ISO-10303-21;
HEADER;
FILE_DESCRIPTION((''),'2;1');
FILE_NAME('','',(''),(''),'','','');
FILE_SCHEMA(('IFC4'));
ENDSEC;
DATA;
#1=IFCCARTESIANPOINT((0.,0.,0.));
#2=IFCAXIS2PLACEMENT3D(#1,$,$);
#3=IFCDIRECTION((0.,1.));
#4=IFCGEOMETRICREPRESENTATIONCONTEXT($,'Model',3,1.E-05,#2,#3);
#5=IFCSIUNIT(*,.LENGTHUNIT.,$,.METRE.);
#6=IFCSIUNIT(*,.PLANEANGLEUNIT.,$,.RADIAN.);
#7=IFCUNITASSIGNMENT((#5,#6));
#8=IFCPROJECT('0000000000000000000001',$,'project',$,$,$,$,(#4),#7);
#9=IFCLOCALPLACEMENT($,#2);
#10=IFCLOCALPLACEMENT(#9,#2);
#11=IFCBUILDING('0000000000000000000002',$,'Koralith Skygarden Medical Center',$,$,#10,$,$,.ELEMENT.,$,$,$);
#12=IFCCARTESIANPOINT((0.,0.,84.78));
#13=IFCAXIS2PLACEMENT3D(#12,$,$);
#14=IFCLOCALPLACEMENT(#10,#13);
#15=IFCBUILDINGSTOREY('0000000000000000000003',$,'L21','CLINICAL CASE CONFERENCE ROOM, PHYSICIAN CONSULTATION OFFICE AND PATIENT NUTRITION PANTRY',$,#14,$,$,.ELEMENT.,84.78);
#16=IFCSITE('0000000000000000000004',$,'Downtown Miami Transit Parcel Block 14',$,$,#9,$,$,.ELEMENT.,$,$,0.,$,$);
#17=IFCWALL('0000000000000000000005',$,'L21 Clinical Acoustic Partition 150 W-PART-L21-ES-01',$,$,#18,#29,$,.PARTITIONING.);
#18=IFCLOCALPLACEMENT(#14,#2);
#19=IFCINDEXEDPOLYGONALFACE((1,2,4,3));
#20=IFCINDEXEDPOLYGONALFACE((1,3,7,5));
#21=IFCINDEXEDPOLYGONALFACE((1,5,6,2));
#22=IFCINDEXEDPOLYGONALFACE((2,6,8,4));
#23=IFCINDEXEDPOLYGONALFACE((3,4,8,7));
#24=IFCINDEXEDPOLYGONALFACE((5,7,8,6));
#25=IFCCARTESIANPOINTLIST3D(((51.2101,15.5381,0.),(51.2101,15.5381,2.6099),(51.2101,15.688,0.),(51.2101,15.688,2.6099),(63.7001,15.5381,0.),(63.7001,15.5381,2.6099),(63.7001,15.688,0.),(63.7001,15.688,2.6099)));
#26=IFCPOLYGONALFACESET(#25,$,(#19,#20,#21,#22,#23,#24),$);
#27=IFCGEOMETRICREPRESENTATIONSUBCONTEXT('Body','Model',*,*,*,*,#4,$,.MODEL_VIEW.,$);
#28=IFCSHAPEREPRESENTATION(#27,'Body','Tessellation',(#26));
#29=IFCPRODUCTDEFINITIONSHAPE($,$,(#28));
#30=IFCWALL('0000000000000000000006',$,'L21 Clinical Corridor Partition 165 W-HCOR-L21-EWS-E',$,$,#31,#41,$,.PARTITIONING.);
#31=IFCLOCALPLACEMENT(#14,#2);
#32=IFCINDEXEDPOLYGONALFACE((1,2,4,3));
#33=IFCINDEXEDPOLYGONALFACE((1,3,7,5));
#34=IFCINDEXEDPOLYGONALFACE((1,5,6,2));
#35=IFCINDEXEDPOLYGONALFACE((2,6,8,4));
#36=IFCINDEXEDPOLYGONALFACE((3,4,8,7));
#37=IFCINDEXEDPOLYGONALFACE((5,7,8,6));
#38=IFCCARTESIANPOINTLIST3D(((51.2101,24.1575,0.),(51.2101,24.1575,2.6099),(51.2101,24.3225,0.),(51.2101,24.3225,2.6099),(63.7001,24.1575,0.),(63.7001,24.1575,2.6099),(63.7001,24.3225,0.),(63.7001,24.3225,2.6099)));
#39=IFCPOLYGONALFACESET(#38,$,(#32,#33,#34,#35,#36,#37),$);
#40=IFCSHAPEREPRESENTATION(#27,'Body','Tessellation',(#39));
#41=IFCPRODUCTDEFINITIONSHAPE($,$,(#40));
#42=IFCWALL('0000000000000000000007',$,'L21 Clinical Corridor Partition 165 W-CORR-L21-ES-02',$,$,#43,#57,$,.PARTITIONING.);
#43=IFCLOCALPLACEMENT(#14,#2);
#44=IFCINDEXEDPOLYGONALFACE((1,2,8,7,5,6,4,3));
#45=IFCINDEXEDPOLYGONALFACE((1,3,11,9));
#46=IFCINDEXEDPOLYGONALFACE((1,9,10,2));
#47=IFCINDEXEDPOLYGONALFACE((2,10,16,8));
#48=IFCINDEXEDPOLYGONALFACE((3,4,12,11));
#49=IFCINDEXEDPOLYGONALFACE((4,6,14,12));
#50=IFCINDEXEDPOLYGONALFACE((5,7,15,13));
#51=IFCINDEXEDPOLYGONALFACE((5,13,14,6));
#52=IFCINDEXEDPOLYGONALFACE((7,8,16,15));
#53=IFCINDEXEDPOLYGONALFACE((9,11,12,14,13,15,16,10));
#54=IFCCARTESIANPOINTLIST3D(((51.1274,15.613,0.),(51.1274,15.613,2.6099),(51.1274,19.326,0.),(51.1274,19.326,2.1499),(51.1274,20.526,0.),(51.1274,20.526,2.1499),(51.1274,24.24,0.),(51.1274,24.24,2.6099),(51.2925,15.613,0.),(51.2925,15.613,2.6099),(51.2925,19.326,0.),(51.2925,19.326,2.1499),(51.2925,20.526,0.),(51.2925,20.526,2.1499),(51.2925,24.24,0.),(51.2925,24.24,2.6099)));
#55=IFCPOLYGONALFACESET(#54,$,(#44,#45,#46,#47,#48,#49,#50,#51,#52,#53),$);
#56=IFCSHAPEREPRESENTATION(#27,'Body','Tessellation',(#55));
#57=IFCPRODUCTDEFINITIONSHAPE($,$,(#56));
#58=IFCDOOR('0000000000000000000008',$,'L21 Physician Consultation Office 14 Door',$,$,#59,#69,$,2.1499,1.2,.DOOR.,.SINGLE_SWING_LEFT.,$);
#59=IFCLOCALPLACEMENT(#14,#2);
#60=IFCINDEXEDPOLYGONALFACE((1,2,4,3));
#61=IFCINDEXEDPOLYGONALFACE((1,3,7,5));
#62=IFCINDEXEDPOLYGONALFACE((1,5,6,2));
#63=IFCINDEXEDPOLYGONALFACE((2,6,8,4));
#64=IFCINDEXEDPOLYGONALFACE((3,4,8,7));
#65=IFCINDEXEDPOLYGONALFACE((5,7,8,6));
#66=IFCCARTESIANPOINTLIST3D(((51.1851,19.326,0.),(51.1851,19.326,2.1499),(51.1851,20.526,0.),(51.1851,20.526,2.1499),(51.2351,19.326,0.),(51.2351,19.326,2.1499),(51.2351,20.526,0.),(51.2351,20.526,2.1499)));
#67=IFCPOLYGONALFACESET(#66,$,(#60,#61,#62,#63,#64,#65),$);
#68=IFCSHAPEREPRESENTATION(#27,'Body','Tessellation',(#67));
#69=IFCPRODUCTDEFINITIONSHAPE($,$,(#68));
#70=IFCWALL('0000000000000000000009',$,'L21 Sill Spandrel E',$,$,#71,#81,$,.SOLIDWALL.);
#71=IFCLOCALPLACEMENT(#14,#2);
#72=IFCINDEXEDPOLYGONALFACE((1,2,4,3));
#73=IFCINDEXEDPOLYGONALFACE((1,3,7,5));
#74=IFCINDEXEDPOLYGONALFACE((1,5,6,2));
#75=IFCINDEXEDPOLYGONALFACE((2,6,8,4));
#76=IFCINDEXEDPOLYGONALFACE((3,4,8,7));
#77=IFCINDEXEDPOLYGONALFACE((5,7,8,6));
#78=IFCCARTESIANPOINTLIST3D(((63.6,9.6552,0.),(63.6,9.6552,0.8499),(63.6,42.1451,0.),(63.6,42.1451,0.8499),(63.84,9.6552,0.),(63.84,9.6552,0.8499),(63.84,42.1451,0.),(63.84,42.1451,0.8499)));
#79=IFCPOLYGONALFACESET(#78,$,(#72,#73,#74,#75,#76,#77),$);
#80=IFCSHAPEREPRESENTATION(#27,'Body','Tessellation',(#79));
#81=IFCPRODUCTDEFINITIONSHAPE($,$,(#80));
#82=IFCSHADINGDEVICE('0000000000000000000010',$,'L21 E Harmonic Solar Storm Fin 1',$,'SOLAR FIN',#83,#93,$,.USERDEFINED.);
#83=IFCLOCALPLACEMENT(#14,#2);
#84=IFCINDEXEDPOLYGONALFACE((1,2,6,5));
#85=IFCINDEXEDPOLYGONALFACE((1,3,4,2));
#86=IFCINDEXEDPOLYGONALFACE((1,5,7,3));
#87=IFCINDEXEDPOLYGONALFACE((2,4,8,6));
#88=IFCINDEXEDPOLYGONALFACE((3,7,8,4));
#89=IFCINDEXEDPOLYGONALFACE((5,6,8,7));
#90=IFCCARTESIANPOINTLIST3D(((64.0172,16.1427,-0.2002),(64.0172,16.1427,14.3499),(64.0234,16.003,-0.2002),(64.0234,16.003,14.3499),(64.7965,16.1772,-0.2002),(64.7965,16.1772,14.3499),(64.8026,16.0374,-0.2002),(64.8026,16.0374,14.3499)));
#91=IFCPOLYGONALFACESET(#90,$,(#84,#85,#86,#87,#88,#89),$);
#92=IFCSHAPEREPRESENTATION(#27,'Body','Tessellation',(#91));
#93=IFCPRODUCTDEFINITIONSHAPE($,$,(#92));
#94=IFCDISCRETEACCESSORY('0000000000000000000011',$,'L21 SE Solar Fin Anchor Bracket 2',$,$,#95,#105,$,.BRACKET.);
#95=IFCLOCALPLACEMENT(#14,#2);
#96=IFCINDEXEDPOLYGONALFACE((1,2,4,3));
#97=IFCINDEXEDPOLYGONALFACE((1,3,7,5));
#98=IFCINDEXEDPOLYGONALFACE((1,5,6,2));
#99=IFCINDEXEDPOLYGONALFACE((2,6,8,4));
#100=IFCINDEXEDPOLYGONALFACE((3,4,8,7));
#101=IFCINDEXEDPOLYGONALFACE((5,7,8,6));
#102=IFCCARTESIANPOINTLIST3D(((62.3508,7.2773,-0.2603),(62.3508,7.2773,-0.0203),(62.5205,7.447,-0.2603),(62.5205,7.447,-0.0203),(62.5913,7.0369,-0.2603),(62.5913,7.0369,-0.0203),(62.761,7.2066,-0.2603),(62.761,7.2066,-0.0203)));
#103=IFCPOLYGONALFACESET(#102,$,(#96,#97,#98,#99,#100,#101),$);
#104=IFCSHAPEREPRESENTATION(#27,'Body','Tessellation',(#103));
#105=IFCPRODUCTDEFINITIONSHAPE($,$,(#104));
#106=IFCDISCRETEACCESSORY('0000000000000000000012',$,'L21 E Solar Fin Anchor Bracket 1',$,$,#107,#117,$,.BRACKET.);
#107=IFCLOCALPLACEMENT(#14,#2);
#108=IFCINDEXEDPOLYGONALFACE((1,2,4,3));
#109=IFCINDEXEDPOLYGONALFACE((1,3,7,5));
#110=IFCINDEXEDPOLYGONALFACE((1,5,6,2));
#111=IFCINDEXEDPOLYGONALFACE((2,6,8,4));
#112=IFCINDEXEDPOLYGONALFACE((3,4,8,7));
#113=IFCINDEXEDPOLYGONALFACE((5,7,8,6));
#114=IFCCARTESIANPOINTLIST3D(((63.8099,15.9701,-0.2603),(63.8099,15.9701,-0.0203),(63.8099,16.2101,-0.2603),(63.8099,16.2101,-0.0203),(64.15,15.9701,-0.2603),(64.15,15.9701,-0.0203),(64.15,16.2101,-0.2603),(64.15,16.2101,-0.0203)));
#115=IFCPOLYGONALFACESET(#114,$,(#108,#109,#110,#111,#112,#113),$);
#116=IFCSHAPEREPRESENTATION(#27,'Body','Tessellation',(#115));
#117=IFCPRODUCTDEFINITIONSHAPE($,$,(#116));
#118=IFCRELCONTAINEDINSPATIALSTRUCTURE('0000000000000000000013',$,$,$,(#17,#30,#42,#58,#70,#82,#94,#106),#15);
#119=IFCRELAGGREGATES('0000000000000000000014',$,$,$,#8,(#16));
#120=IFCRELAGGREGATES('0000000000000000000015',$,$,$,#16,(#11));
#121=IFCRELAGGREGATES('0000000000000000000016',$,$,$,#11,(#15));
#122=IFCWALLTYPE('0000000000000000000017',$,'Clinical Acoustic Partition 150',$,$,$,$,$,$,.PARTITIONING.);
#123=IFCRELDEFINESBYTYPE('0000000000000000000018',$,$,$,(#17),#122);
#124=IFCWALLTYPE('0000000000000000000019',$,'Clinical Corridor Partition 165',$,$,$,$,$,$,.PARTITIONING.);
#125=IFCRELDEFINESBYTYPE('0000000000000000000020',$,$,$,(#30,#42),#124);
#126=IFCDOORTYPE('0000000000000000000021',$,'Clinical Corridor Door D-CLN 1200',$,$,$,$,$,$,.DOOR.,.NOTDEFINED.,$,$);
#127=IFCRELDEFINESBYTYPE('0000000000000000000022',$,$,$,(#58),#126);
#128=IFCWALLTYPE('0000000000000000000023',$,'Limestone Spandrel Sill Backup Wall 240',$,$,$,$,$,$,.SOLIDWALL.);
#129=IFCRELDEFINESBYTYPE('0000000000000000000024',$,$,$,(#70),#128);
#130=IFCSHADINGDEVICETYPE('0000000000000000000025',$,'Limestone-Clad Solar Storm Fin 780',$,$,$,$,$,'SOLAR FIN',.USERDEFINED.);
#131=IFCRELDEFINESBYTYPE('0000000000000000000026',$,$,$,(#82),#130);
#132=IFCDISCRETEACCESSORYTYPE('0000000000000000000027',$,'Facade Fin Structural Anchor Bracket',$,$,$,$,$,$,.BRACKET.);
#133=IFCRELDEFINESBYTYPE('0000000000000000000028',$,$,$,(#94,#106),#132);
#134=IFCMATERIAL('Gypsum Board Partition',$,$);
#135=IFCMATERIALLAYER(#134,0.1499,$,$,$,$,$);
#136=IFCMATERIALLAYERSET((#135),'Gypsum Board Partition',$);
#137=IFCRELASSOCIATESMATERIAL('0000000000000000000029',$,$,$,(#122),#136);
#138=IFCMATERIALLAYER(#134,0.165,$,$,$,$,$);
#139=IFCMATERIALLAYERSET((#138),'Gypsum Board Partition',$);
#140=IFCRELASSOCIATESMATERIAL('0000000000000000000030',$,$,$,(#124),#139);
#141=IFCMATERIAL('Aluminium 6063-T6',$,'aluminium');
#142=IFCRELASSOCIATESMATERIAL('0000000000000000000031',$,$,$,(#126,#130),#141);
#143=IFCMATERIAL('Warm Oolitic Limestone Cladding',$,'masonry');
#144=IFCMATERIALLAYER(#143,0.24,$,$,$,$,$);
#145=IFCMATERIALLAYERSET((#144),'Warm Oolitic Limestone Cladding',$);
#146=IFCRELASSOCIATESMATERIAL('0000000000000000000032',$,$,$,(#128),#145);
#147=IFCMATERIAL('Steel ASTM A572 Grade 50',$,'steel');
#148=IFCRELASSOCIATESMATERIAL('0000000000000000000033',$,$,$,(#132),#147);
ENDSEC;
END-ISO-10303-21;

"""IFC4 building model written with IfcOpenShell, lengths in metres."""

from ifc_helpers import new_model, si_unit, direction, frame, frame_2d, origin, origin_2d, place, context, subcontext, project, spatial, rectangle, extrude, material, layer, layer_set, type_object, element, fill, save


model = new_model("IFC4")

# Units and contexts
model_context = context("Model", 3, precision=1e-05, world=origin(), true_north=direction((0.0, 1.0)))
body_context = subcontext(model_context, "Body", "Model", "MODEL_VIEW")
ifc_project = project(units=[si_unit("LENGTHUNIT", "METRE"), si_unit("PLANEANGLEUNIT", "RADIAN")], contexts=[model_context])

# Site, building, storey
site_placement = place(None, origin())
site = spatial("IfcSite", under=ifc_project, at=site_placement, Name="Downtown Miami Transit Parcel Block 14", CompositionType="ELEMENT", RefElevation=0.0)
building_placement = place(site_placement, origin())
building = spatial("IfcBuilding", under=site, at=building_placement, Name="Koralith Skygarden Medical Center", CompositionType="ELEMENT")
storey_placement = place(building_placement, frame((0.0, 0.0, 84.78)))
storey = spatial("IfcBuildingStorey", under=building, at=storey_placement, Name="L21", Description="CLINICAL CASE CONFERENCE ROOM, PHYSICIAN CONSULTATION OFFICE AND PATIENT NUTRITION PANTRY", CompositionType="ELEMENT", Elevation=84.78)

# Shared definitions
ifc_material_1 = material(Name="Aluminium 6063-T6", Category="aluminium")

# Shared definitions
ifc_material_2 = material(Name="Warm Oolitic Limestone Cladding", Category="masonry")

# Walls
ifc_material_3 = material(Name="Gypsum Board Partition")
ifc_layer_1 = layer(ifc_material_3, 0.1499)
ifc_layer_set_1 = layer_set([ifc_layer_1], Name="Gypsum Board Partition")
wall_type_1 = type_object("IfcWallType", Name="Clinical Acoustic Partition 150", PredefinedType="PARTITIONING", material=ifc_layer_set_1)
wall_1_placement = place(storey_placement, frame((51.21, 15.613, 0.0), z_axis=(0.0, 0.0, 1.0), x_axis=(1.0, 0.0, 0.0)))
element("IfcWall", 1, at=wall_1_placement, inside=storey, type_object=wall_type_1, Name="L21 Clinical Acoustic Partition 150 W-PART-L21-ES-01", PredefinedType="PARTITIONING", context=body_context, shape_type="SweptSolid", body=[
    extrude(rectangle(XDim=12.49, YDim=0.1499, at=frame_2d((6.2451, 0.0))), origin(), (0.0, 0.0, 1.0), 2.6099),
])
ifc_layer_2 = layer(ifc_material_3, 0.165)
ifc_layer_set_2 = layer_set([ifc_layer_2], Name="Gypsum Board Partition")
wall_type_2 = type_object("IfcWallType", Name="Clinical Corridor Partition 165", PredefinedType="PARTITIONING", material=ifc_layer_set_2)
wall_2_placement = place(storey_placement, frame((51.21, 24.24, 0.0), z_axis=(0.0, 0.0, 1.0), x_axis=(1.0, 0.0, 0.0)))
element("IfcWall", 2, at=wall_2_placement, inside=storey, type_object=wall_type_2, Name="L21 Clinical Corridor Partition 165 W-HCOR-L21-EWS-E", PredefinedType="PARTITIONING", context=body_context, shape_type="SweptSolid", body=[
    extrude(rectangle(XDim=12.49, YDim=0.165, at=frame_2d((6.2451, 0.0))), origin(), (0.0, 0.0, 1.0), 2.6099),
])

# Wall, opening, door
wall_3_placement = place(storey_placement, frame((51.21, 15.613, 0.0), z_axis=(0.0, 0.0, 1.0), x_axis=(0.0, 1.0, 0.0)))
wall_3 = element("IfcWall", 3, at=wall_3_placement, inside=storey, type_object=wall_type_2, Name="L21 Clinical Corridor Partition 165 W-CORR-L21-ES-02", PredefinedType="PARTITIONING", context=body_context, shape_type="SweptSolid", body=[
    extrude(rectangle(XDim=8.627, YDim=0.165, at=frame_2d((4.3135, 0.0))), origin(), (0.0, 0.0, 1.0), 2.6099),
])
opening_placement = place(wall_3_placement, frame((3.7129, 0.0, 0.0)))
opening = element("IfcOpeningElement", 4, at=opening_placement, cuts=wall_3, PredefinedType="OPENING", context=body_context, shape_type="SweptSolid", body=[
    extrude(rectangle(XDim=1.2, YDim=2.1499, at=frame_2d((0.6001, 1.075))), frame((0.0, 0.0925, 0.0), z_axis=(0.0, -1.0, 0.0), x_axis=(1.0, 0.0, 0.0)), (0.0, 0.0, 1.0), 0.1851),
])
door_type = type_object("IfcDoorType", Name="Clinical Corridor Door D-CLN 1200", OperationType="NOTDEFINED", PredefinedType="DOOR", material=ifc_material_1)
door_placement = place(opening_placement, origin())
door = element("IfcDoor", 5, at=door_placement, inside=storey, type_object=door_type, Name="L21 Physician Consultation Office 14 Door", OperationType="SINGLE_SWING_LEFT", OverallHeight=2.1499, OverallWidth=1.2, PredefinedType="DOOR", context=body_context, shape_type="SweptSolid", body=[
    extrude(rectangle(XDim=1.2, YDim=2.1499, at=frame_2d((0.6001, 1.075))), frame((0.0, 0.0249, 0.0), z_axis=(0.0, -1.0, 0.0), x_axis=(1.0, 0.0, 0.0)), (0.0, 0.0, 1.0), 0.05),
])
fill(opening, door)

# Wall
ifc_layer_3 = layer(ifc_material_2, 0.24)
ifc_layer_set_3 = layer_set([ifc_layer_3], Name="Warm Oolitic Limestone Cladding")
wall_type_3 = type_object("IfcWallType", Name="Limestone Spandrel Sill Backup Wall 240", PredefinedType="SOLIDWALL", material=ifc_layer_set_3)
wall_4_placement = place(storey_placement, frame((63.72, 9.655, 0.0), z_axis=(0.0, 0.0, 1.0), x_axis=(0.0, 1.0, 0.0)))
element("IfcWall", 6, at=wall_4_placement, inside=storey, type_object=wall_type_3, Name="L21 Sill Spandrel E", PredefinedType="SOLIDWALL", context=body_context, shape_type="SweptSolid", body=[
    extrude(rectangle(XDim=32.49, YDim=0.24, at=frame_2d((16.2451, 0.0))), origin(), (0.0, 0.0, 1.0), 0.8499),
])

# Shading device
shading_device_type = type_object("IfcShadingDeviceType", Name="Limestone-Clad Solar Storm Fin 780", ElementType="SOLAR FIN", PredefinedType="USERDEFINED", material=ifc_material_1)
shading_device_placement = place(storey_placement, frame((64.4099, 16.0901, -0.2002), z_axis=(0.0, 0.0, 1.0), x_axis=(0.999025, 0.044142, 0.0)))
element("IfcShadingDevice", 7, at=shading_device_placement, inside=storey, type_object=shading_device_type, Name="L21 E Harmonic Solar Storm Fin 1", ObjectType="SOLAR FIN", PredefinedType="USERDEFINED", context=body_context, shape_type="SweptSolid", body=[
    extrude(rectangle(XDim=0.78, YDim=0.1399, at=origin_2d()), origin(), (0.0, 0.0, 1.0), 14.55),
])

# Discrete accessories
ifc_material_4 = material(Name="Steel ASTM A572 Grade 50", Category="steel")
discrete_accessory_type = type_object("IfcDiscreteAccessoryType", Name="Facade Fin Structural Anchor Bracket", PredefinedType="BRACKET", material=ifc_material_4)
for number, where, z_axis, x_axis, name in (
    (8, (62.5559, 7.2419, -0.2603), (0.0, 0.0, 1.0), (0.707107, -0.707107, 0.0), "L21 SE Solar Fin Anchor Bracket 2"),
    (9, (63.98, 16.0901, -0.2603), (0.0, 0.0, 1.0), (1.0, 0.0, 0.0), "L21 E Solar Fin Anchor Bracket 1"),
):
    element("IfcDiscreteAccessory", number, at=place(storey_placement, frame(where, z_axis=z_axis, x_axis=x_axis)), inside=storey, type_object=discrete_accessory_type, Name=name, PredefinedType="BRACKET", context=body_context, shape_type="SweptSolid", body=[
        extrude(rectangle(XDim=0.3401, YDim=0.24, at=origin_2d()), origin(), (0.0, 0.0, 1.0), 0.24),
    ])

save(model, "model.ifc")
